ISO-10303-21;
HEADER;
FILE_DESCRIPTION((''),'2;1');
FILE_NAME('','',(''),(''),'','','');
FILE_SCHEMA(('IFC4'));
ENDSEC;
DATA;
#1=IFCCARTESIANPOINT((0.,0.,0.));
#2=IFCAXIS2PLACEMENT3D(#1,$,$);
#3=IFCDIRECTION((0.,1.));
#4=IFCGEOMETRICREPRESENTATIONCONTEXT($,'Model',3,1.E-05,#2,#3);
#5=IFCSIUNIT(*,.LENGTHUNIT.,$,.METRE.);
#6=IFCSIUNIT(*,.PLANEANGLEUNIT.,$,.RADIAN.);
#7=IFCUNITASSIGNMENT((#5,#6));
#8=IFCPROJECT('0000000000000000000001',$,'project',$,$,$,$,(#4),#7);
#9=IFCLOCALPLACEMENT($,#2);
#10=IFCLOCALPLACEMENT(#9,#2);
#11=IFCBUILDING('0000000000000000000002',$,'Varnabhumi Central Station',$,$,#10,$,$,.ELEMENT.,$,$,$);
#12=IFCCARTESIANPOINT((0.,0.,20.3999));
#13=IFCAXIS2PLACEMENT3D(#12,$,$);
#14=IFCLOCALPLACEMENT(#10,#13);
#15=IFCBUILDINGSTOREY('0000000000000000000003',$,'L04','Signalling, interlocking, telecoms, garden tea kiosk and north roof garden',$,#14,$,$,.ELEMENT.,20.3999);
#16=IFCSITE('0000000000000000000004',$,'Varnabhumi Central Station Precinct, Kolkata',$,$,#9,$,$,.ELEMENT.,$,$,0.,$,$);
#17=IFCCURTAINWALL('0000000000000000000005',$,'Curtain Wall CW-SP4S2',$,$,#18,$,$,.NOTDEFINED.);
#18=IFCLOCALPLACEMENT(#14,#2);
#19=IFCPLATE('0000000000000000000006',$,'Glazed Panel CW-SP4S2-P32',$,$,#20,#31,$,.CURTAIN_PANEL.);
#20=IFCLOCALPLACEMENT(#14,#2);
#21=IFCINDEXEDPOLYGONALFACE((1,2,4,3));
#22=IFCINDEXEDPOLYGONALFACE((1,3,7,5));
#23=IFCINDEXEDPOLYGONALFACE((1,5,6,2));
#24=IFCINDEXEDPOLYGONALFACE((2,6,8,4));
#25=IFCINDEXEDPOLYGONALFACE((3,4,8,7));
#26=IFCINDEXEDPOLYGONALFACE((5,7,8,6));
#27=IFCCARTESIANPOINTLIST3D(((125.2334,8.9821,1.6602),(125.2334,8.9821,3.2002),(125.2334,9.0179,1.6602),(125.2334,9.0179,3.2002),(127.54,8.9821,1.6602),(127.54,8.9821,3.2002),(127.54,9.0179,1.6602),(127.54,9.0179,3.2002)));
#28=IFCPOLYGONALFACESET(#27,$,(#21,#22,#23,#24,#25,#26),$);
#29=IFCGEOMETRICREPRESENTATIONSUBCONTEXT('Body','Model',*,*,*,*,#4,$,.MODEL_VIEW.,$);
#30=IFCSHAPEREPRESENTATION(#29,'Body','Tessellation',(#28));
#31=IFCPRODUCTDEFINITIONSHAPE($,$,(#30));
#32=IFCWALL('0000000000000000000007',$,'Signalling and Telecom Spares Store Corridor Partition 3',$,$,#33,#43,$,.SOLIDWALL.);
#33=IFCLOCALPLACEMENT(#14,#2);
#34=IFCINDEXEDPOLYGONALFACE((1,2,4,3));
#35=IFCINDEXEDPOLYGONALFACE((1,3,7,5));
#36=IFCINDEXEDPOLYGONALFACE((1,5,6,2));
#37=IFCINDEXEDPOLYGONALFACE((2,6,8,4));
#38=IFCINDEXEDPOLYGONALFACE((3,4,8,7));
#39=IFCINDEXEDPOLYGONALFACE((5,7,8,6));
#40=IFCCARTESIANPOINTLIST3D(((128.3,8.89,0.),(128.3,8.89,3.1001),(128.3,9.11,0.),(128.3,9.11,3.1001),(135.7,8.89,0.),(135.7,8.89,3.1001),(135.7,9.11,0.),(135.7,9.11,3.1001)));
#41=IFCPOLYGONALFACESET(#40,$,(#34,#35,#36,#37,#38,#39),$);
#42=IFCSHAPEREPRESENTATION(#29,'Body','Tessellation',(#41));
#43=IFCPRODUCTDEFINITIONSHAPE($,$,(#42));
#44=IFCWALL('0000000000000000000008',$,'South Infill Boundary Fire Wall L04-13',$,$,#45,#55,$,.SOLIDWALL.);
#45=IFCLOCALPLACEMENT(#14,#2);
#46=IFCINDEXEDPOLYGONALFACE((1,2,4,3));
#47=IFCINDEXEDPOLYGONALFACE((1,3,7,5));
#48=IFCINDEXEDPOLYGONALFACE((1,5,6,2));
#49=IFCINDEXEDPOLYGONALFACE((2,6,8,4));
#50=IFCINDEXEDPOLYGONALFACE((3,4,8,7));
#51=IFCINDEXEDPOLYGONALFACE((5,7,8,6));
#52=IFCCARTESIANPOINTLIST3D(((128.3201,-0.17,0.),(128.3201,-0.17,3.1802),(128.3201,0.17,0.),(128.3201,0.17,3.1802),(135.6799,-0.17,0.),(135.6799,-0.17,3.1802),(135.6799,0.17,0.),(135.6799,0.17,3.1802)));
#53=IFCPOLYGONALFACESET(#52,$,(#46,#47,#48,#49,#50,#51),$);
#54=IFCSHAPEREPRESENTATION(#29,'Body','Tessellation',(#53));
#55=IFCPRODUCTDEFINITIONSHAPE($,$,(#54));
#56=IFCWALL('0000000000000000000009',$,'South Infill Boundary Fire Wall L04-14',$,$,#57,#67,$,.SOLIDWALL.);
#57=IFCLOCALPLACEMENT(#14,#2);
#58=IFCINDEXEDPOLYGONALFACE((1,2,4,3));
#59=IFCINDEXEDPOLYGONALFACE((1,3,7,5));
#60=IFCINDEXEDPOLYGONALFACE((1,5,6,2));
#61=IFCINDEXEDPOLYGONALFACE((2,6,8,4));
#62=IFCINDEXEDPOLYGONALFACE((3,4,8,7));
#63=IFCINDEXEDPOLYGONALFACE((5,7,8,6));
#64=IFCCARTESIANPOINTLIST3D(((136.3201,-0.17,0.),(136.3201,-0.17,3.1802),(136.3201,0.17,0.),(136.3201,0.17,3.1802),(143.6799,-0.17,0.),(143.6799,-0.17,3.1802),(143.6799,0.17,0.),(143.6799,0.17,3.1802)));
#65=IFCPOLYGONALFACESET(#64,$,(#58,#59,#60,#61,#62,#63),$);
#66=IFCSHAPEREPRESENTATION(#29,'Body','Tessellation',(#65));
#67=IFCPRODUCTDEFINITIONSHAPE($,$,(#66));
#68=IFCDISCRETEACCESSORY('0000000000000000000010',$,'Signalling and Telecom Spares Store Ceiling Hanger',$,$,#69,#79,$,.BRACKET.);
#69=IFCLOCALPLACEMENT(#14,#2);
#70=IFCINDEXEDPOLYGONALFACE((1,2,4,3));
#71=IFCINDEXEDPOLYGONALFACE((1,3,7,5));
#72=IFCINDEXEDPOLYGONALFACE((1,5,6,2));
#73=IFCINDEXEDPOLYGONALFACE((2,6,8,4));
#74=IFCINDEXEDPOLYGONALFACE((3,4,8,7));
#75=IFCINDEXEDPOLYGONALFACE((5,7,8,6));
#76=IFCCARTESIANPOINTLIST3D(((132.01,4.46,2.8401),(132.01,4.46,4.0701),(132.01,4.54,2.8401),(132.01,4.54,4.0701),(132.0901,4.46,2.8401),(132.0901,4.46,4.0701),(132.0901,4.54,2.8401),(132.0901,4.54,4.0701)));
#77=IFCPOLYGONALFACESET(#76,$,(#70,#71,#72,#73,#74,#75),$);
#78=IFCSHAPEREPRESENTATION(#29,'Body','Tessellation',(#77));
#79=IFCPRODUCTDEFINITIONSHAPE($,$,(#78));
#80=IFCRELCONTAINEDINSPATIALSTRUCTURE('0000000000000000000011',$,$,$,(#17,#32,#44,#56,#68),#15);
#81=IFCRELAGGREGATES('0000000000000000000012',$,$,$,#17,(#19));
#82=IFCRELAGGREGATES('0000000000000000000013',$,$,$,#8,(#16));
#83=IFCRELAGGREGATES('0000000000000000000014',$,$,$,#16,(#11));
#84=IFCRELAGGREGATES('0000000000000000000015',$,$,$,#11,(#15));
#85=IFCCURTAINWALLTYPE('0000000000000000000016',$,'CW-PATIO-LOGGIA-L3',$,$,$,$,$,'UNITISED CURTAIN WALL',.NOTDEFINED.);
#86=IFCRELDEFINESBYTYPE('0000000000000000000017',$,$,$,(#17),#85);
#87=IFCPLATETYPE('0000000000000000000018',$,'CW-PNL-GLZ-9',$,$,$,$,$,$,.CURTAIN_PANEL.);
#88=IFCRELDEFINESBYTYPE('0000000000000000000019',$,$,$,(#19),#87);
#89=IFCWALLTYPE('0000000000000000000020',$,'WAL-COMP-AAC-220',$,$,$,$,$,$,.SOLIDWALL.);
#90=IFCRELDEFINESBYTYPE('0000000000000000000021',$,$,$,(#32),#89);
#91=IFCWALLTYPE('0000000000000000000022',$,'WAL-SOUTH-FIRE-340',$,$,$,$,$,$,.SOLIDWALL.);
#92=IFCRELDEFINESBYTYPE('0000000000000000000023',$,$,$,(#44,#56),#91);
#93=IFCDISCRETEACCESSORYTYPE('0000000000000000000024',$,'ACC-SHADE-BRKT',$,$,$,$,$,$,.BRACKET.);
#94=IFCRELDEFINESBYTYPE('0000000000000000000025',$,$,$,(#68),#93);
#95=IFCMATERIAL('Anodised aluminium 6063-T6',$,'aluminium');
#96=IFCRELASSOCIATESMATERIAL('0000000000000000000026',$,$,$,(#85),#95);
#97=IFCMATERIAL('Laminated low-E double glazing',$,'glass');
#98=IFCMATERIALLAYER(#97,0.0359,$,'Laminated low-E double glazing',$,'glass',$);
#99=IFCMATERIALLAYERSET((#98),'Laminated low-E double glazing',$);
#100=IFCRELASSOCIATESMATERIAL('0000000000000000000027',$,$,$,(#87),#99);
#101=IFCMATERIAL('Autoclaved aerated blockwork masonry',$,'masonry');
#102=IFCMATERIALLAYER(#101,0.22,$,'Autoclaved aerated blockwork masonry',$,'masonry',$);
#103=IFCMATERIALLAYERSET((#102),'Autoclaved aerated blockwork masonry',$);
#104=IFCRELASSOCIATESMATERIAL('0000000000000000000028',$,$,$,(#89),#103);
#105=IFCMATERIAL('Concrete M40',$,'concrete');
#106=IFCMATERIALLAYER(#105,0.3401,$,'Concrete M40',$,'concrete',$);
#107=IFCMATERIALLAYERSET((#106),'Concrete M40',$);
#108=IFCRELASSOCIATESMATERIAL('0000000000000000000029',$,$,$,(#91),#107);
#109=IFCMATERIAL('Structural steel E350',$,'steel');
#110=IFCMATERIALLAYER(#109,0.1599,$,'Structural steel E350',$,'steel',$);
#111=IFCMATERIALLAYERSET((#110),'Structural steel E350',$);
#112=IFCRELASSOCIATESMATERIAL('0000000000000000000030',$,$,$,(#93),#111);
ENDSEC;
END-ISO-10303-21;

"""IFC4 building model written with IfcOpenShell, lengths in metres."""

from ifc_helpers import new_model, si_unit, direction, frame, frame_2d, origin, origin_2d, place, context, subcontext, project, spatial, rectangle, extrude, material, layer, layer_set, type_object, element, aggregate, save


model = new_model("IFC4")

# Units and contexts
model_context = context("Model", 3, precision=1e-05, world=origin(), true_north=direction((0.0, 1.0)))
body_context = subcontext(model_context, "Body", "Model", "MODEL_VIEW")
ifc_project = project(units=[si_unit("LENGTHUNIT", "METRE"), si_unit("PLANEANGLEUNIT", "RADIAN")], contexts=[model_context])

# Site, building, storey
site_placement = place(None, origin())
site = spatial("IfcSite", under=ifc_project, at=site_placement, Name="Varnabhumi Central Station Precinct, Kolkata", CompositionType="ELEMENT", RefElevation=0.0)
building_placement = place(site_placement, origin())
building = spatial("IfcBuilding", under=site, at=building_placement, Name="Varnabhumi Central Station", CompositionType="ELEMENT")
storey_placement = place(building_placement, frame((0.0, 0.0, 20.3999)))
storey = spatial("IfcBuildingStorey", under=building, at=storey_placement, Name="L04", Description="Signalling, interlocking, telecoms, garden tea kiosk and north roof garden", CompositionType="ELEMENT", Elevation=20.3999)

# Shared definitions
ifc_material_1 = material(Name="Concrete M40", Category="concrete")

# Shared definitions
ifc_material_2 = material(Name="Structural steel E350", Category="steel")

# Curtain wall
ifc_material_3 = material(Name="Anodised aluminium 6063-T6", Category="aluminium")
curtain_wall_type = type_object("IfcCurtainWallType", Name="CW-PATIO-LOGGIA-L3", ElementType="UNITISED CURTAIN WALL", PredefinedType="NOTDEFINED", material=ifc_material_3)
curtain_wall_1_placement = place(storey_placement, origin())
curtain_wall_1 = element("IfcCurtainWall", 1, at=curtain_wall_1_placement, inside=storey, type_object=curtain_wall_type, Name="Curtain Wall CW-SP4S2", PredefinedType="NOTDEFINED")

# Shared definitions
ifc_material_4 = material(Name="Laminated low-E double glazing", Category="glass")

# Plate
ifc_layer_1 = layer(ifc_material_4, 0.0359, Name="Laminated low-E double glazing", Category="glass")
ifc_layer_set_1 = layer_set([ifc_layer_1], Name="Laminated low-E double glazing")
plate_type_1 = type_object("IfcPlateType", Name="CW-PNL-GLZ-9", PredefinedType="CURTAIN_PANEL", material=ifc_layer_set_1)
plate_1_placement = place(storey_placement, frame((126.3867, 9.0, 1.6602), z_axis=(0.0, 0.0, 1.0), x_axis=(1.0, 0.0, 0.0)))
plate_1 = element("IfcPlate", 2, at=plate_1_placement, type_object=plate_type_1, Name="Glazed Panel CW-SP4S2-P32", PredefinedType="CURTAIN_PANEL", context=body_context, shape_type="SweptSolid", body=[
    extrude(rectangle(XDim=2.3066, YDim=0.0359, at=origin_2d()), origin(), (0.0, 0.0, 1.0), 1.54),
])
aggregate(curtain_wall_1, [plate_1])

# Walls
ifc_material_5 = material(Name="Autoclaved aerated blockwork masonry", Category="masonry")
ifc_layer_2 = layer(ifc_material_5, 0.22, Name="Autoclaved aerated blockwork masonry", Category="masonry")
ifc_layer_set_2 = layer_set([ifc_layer_2], Name="Autoclaved aerated blockwork masonry")
wall_type_1 = type_object("IfcWallType", Name="WAL-COMP-AAC-220", PredefinedType="SOLIDWALL", material=ifc_layer_set_2)
wall_placement = place(storey_placement, frame((128.3, 9.0, 0.0), z_axis=(0.0, 0.0, 1.0), x_axis=(1.0, 0.0, 0.0)))
element("IfcWall", 3, at=wall_placement, inside=storey, type_object=wall_type_1, Name="Signalling and Telecom Spares Store Corridor Partition 3", PredefinedType="SOLIDWALL", context=body_context, shape_type="SweptSolid", body=[
    extrude(rectangle(XDim=7.3999, YDim=0.22, at=frame_2d((3.7, 0.0))), origin(), (0.0, 0.0, 1.0), 3.1001),
])
ifc_layer_3 = layer(ifc_material_1, 0.3401, Name="Concrete M40", Category="concrete")
ifc_layer_set_3 = layer_set([ifc_layer_3], Name="Concrete M40")
wall_type_2 = type_object("IfcWallType", Name="WAL-SOUTH-FIRE-340", PredefinedType="SOLIDWALL", material=ifc_layer_set_3)
for number, where, z_axis, x_axis, name in (
    (4, (128.3201, 0.0, 0.0), (0.0, 0.0, 1.0), (1.0, 0.0, 0.0), "South Infill Boundary Fire Wall L04-13"),
    (5, (136.3201, 0.0, 0.0), (0.0, 0.0, 1.0), (1.0, 0.0, 0.0), "South Infill Boundary Fire Wall L04-14"),
):
    element("IfcWall", number, at=place(storey_placement, frame(where, z_axis=z_axis, x_axis=x_axis)), inside=storey, type_object=wall_type_2, Name=name, PredefinedType="SOLIDWALL", context=body_context, shape_type="SweptSolid", body=[
        extrude(rectangle(XDim=7.3599, YDim=0.3401, at=frame_2d((3.6799, 0.0))), origin(), (0.0, 0.0, 1.0), 3.1802),
    ])

# Discrete accessory
ifc_layer_4 = layer(ifc_material_2, 0.1599, Name="Structural steel E350", Category="steel")
ifc_layer_set_4 = layer_set([ifc_layer_4], Name="Structural steel E350")
discrete_accessory_type = type_object("IfcDiscreteAccessoryType", Name="ACC-SHADE-BRKT", PredefinedType="BRACKET", material=ifc_layer_set_4)
discrete_accessory_placement = place(storey_placement, frame((132.05, 4.5, 2.8401), z_axis=(0.0, 0.0, 1.0), x_axis=(1.0, 0.0, 0.0)))
element("IfcDiscreteAccessory", 6, at=discrete_accessory_placement, inside=storey, type_object=discrete_accessory_type, Name="Signalling and Telecom Spares Store Ceiling Hanger", PredefinedType="BRACKET", context=body_context, shape_type="SweptSolid", body=[
    extrude(rectangle(XDim=0.0801, YDim=0.0801, at=origin_2d()), origin(), (0.0, 0.0, 1.0), 1.23),
])

save(model, "model.ifc")
